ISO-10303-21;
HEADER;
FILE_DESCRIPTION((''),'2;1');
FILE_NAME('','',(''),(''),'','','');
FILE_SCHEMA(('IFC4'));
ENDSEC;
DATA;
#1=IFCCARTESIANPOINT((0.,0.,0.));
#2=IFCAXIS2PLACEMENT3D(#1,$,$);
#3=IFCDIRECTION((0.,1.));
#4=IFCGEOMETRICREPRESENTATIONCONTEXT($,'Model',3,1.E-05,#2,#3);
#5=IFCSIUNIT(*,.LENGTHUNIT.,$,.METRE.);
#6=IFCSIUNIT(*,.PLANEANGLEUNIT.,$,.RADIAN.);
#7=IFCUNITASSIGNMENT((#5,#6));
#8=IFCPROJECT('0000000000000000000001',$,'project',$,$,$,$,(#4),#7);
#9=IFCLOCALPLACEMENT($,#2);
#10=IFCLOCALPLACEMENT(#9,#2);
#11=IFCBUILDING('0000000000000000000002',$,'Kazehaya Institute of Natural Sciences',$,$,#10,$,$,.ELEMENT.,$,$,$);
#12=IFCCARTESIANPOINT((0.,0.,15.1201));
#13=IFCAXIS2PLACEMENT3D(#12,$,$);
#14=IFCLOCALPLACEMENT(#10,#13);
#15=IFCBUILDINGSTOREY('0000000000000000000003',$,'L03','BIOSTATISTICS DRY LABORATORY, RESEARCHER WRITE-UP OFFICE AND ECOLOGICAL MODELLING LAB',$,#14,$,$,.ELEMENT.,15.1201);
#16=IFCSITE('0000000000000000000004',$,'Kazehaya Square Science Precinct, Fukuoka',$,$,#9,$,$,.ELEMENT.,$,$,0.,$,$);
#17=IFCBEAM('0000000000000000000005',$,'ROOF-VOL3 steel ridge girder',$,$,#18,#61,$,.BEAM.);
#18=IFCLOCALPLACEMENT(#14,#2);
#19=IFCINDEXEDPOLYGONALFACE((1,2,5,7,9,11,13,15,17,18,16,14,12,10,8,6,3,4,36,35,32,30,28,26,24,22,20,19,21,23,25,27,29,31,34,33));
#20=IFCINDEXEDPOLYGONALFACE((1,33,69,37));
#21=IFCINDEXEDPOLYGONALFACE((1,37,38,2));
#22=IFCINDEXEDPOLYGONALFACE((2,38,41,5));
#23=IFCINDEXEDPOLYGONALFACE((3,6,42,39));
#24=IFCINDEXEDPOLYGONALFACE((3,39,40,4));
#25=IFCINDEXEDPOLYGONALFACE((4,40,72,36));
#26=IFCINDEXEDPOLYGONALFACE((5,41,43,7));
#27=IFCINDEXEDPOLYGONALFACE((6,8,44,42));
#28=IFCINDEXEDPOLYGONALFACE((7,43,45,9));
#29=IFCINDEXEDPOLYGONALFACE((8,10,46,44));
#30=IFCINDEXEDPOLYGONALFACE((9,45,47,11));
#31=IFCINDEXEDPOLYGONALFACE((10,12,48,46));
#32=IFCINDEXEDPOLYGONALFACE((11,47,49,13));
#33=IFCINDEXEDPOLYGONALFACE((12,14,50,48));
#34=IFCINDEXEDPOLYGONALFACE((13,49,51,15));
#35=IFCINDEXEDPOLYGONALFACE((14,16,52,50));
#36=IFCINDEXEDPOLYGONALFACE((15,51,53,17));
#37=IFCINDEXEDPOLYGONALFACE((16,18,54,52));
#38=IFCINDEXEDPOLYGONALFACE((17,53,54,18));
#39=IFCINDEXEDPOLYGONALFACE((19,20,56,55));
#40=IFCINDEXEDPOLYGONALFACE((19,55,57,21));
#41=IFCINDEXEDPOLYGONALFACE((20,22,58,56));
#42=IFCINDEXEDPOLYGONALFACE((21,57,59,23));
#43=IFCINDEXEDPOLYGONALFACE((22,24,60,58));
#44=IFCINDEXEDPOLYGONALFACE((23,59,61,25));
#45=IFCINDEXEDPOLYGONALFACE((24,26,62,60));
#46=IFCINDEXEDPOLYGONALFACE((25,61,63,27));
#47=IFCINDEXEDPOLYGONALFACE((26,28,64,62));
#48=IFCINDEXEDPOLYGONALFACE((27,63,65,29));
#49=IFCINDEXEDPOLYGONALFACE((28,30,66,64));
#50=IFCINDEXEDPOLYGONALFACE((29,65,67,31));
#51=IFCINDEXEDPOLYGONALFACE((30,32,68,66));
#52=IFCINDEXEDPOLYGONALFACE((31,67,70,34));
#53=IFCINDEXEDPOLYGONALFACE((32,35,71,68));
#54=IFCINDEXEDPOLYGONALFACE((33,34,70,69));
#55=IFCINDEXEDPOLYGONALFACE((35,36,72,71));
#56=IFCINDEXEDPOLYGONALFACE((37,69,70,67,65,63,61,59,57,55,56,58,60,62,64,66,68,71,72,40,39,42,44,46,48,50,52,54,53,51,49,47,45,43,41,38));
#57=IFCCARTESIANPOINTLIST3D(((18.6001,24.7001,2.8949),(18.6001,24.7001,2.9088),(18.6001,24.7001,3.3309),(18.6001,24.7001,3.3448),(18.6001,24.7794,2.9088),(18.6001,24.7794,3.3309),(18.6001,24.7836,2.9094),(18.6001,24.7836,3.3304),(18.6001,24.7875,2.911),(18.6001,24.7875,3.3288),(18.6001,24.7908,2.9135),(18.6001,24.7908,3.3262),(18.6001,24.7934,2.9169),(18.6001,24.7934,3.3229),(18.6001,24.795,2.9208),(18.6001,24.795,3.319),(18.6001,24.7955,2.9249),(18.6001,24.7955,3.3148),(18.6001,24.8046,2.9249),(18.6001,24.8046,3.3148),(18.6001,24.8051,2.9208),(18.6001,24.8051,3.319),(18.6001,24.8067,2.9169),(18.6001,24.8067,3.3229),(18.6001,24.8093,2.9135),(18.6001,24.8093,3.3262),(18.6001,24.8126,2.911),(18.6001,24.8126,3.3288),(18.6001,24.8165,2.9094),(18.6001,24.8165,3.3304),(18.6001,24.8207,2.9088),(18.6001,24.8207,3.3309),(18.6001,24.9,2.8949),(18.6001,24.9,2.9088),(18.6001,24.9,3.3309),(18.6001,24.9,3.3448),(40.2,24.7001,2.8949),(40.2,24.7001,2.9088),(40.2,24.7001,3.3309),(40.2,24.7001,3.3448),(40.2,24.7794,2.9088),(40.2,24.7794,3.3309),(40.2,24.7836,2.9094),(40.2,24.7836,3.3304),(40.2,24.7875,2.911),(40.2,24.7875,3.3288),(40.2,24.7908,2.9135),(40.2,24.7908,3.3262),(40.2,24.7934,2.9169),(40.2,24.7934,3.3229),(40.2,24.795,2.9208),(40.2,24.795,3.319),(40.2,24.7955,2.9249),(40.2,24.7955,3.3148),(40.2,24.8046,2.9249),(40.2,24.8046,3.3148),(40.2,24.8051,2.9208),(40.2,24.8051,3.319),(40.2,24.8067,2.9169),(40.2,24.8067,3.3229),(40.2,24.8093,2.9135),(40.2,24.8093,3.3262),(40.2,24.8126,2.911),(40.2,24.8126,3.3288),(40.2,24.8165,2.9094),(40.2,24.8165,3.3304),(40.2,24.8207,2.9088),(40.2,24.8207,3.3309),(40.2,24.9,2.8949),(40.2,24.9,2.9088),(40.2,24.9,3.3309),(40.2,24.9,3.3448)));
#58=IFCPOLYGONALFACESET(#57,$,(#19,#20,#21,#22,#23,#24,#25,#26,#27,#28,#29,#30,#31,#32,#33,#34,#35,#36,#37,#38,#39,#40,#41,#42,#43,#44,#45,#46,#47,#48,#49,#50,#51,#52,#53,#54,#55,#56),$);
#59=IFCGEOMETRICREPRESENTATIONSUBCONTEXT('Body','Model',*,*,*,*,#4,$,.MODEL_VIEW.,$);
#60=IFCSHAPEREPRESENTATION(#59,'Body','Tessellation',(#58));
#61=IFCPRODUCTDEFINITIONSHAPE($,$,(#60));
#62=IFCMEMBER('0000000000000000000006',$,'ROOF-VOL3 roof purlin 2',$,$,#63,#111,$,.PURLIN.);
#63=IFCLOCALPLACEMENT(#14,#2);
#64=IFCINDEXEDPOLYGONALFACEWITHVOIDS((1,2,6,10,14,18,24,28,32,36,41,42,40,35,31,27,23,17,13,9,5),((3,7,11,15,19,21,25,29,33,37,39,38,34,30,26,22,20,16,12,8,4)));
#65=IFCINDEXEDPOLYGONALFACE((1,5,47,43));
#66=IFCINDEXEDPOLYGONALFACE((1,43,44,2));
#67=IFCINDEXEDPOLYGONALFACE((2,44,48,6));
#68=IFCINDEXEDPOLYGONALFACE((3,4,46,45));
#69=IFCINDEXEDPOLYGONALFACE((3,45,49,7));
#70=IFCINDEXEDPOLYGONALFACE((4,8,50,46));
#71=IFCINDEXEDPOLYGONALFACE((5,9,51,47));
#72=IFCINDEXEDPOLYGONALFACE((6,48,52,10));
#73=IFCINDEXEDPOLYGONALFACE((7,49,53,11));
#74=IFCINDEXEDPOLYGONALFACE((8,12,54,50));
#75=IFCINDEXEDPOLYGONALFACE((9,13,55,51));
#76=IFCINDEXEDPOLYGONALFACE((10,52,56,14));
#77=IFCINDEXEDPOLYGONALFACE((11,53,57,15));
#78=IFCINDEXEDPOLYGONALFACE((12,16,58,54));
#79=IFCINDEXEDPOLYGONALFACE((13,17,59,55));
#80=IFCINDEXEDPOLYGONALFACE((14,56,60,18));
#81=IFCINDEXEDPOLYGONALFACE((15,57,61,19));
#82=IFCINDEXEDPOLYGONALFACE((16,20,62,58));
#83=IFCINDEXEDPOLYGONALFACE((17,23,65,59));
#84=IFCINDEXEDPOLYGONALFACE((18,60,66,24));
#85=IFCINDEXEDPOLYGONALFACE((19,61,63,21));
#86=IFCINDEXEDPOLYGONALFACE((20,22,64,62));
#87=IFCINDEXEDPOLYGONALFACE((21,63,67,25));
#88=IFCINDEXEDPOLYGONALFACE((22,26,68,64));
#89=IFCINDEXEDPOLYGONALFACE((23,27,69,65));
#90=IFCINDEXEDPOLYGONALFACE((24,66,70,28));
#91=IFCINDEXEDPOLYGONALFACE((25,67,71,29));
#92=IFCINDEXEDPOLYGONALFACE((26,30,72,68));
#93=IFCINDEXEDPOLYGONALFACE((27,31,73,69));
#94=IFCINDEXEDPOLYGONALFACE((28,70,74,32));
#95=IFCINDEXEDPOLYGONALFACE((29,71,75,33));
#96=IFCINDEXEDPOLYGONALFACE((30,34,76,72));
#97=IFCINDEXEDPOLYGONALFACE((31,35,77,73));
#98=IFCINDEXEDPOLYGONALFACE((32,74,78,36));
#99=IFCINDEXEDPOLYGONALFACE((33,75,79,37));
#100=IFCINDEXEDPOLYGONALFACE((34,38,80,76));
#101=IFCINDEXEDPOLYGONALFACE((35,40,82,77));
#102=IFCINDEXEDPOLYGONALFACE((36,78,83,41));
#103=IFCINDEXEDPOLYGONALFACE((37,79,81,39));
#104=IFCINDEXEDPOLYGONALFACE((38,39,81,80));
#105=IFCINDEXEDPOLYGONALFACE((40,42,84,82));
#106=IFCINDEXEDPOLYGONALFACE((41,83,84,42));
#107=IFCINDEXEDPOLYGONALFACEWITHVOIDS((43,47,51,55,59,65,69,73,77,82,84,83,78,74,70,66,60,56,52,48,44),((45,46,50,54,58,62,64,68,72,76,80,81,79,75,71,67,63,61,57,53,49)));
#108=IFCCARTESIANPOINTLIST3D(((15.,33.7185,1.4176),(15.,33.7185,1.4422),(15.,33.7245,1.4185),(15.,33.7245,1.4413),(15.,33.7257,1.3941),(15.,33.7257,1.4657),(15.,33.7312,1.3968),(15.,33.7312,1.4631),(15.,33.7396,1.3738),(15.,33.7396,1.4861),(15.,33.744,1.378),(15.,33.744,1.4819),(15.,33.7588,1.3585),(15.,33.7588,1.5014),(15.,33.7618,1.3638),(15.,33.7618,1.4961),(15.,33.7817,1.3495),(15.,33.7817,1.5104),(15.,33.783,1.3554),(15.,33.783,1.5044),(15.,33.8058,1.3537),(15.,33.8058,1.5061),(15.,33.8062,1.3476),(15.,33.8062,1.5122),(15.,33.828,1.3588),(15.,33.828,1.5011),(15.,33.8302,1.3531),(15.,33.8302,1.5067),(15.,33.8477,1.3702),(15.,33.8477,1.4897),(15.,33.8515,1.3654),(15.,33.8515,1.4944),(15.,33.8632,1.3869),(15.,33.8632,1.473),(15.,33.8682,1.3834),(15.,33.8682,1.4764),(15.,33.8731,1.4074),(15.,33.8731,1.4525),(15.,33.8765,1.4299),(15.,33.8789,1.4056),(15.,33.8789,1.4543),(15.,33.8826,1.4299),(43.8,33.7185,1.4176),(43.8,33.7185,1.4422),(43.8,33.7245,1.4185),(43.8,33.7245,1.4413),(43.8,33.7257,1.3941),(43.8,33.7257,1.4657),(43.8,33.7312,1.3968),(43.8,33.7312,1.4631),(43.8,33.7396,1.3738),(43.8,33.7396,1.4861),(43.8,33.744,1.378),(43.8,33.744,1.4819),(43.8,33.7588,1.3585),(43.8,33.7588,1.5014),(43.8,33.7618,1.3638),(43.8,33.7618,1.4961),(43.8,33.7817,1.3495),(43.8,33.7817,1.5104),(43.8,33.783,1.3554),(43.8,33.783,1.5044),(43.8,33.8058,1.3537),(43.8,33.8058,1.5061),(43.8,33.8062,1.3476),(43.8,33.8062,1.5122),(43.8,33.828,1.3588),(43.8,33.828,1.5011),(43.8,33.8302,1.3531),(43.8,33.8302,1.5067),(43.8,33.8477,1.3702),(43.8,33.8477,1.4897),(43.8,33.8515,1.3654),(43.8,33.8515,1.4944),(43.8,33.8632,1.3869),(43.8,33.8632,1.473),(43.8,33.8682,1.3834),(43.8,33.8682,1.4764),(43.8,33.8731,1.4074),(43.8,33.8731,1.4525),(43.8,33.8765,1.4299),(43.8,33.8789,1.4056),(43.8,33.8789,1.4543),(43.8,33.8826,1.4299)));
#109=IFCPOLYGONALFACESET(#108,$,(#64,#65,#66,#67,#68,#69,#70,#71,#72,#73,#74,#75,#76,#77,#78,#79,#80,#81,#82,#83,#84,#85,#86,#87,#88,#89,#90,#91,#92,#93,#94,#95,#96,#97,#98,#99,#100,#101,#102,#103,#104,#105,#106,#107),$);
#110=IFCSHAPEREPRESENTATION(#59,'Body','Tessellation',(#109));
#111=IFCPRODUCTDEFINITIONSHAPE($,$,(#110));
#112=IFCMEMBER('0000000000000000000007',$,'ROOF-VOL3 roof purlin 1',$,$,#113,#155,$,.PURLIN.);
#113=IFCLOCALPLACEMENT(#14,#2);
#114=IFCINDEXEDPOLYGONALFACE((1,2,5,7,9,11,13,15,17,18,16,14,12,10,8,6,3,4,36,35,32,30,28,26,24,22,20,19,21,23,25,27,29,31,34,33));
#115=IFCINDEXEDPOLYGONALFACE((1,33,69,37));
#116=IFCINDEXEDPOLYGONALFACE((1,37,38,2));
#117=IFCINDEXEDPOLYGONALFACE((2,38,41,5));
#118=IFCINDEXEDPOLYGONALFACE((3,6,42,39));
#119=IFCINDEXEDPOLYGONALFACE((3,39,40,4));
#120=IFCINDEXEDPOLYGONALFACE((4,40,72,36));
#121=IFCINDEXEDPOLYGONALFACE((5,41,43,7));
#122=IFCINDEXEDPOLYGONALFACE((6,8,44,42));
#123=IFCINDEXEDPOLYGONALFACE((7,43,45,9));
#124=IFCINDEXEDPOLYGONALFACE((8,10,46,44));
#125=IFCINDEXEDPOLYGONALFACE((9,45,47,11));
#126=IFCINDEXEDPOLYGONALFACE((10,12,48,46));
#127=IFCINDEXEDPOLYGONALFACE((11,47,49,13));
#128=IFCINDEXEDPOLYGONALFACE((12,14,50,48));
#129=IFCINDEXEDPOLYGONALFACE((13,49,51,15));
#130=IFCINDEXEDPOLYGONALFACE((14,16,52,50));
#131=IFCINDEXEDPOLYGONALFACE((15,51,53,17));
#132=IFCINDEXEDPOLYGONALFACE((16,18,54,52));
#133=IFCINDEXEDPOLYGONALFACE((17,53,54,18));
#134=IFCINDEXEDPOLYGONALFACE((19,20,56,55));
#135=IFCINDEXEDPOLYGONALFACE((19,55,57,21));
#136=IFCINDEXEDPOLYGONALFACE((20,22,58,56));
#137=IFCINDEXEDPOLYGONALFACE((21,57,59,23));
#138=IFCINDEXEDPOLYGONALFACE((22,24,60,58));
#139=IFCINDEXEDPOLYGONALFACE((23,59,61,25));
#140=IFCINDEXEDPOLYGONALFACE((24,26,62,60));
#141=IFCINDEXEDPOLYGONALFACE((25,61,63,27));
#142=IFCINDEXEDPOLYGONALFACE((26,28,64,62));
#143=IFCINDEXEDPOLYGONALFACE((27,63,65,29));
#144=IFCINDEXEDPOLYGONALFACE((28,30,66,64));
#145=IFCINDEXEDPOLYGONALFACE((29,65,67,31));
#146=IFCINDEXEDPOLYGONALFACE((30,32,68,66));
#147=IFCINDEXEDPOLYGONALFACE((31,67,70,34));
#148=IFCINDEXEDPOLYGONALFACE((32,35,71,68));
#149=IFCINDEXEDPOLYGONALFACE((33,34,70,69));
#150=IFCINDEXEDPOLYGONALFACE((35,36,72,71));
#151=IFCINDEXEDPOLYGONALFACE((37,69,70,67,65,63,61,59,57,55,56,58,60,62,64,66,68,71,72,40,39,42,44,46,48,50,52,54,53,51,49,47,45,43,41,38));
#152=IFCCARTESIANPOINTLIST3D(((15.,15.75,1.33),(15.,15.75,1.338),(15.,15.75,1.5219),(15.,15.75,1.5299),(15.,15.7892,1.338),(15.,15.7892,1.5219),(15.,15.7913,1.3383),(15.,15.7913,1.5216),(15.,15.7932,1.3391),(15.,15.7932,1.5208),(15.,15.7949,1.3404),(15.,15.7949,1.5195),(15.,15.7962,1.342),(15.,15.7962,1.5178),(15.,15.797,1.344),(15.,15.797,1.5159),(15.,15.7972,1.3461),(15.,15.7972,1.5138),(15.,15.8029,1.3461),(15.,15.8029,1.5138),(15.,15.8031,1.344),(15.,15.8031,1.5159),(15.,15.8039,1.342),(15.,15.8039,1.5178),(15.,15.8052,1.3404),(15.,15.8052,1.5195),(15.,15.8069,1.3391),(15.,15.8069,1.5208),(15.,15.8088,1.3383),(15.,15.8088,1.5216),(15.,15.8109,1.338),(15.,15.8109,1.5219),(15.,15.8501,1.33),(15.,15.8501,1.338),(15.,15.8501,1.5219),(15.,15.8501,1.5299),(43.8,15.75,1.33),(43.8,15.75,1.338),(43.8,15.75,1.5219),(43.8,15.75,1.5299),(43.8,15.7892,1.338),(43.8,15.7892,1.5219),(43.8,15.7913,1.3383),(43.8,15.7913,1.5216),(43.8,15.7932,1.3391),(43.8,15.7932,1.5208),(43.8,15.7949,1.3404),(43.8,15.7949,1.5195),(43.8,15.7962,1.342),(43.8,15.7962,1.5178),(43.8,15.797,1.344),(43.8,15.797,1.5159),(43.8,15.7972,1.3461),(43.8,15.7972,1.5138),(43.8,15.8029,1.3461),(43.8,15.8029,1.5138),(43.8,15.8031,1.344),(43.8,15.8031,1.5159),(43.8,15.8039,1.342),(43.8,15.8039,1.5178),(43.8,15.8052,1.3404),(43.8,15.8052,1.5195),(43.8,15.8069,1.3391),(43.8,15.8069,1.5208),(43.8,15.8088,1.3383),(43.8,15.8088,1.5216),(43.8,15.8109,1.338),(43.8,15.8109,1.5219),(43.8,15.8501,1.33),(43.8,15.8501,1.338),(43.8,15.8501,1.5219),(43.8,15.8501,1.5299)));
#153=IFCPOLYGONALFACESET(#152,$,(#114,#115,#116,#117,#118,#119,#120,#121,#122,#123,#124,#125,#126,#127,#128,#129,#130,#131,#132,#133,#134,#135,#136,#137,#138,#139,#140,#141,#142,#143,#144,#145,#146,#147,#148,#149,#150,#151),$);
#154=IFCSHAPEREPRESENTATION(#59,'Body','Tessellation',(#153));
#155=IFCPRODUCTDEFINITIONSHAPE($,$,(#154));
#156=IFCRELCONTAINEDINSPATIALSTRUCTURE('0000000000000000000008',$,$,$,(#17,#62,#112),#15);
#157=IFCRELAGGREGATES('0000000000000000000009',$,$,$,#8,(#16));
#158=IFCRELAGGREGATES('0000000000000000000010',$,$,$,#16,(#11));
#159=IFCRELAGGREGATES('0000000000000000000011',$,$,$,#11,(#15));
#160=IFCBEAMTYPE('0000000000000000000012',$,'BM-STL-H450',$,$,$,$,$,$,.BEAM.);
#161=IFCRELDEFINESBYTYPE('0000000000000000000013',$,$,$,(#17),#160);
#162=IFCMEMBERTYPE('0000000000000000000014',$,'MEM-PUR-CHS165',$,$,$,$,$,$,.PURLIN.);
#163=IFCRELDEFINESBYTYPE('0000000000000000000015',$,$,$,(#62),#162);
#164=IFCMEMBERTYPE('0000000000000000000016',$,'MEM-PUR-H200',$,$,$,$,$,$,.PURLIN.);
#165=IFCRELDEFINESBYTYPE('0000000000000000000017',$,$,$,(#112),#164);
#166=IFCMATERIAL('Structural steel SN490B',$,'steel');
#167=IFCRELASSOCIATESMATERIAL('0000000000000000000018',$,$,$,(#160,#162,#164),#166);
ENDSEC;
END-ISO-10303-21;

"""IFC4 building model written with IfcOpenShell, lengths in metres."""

from ifc_helpers import new_model, si_unit, direction, frame, origin, origin_2d, place, context, subcontext, project, spatial, hollow_circle, i_section, extrude, material, material_profile, profile_set, type_object, element, save


model = new_model("IFC4")

# Units and contexts
model_context = context("Model", 3, precision=1e-05, world=origin(), true_north=direction((0.0, 1.0)))
body_context = subcontext(model_context, "Body", "Model", "MODEL_VIEW")
ifc_project = project(units=[si_unit("LENGTHUNIT", "METRE"), si_unit("PLANEANGLEUNIT", "RADIAN")], contexts=[model_context])

# Site, building, storey
site_placement = place(None, origin())
site = spatial("IfcSite", under=ifc_project, at=site_placement, Name="Kazehaya Square Science Precinct, Fukuoka", CompositionType="ELEMENT", RefElevation=0.0)
building_placement = place(site_placement, origin())
building = spatial("IfcBuilding", under=site, at=building_placement, Name="Kazehaya Institute of Natural Sciences", CompositionType="ELEMENT")
storey_placement = place(building_placement, frame((0.0, 0.0, 15.1201)))
storey = spatial("IfcBuildingStorey", under=building, at=storey_placement, Name="L03", Description="BIOSTATISTICS DRY LABORATORY, RESEARCHER WRITE-UP OFFICE AND ECOLOGICAL MODELLING LAB", CompositionType="ELEMENT", Elevation=15.1201)

# Beam
ifc_material_1 = material(Name="Structural steel SN490B", Category="steel")
ifc_material_profile_1 = material_profile(ifc_material_1, i_section(OverallWidth=0.2, OverallDepth=0.45, WebThickness=0.009, FlangeThickness=0.0139, FilletRadius=0.0161, at=origin_2d()), Name="H-450x200x9x14")
ifc_profile_set_1 = profile_set([ifc_material_profile_1], Name="Structural steel SN490B")
beam_type = type_object("IfcBeamType", Name="BM-STL-H450", PredefinedType="BEAM", material=ifc_profile_set_1)
beam_placement = place(storey_placement, frame((18.6001, 24.8, 3.1199), z_axis=(1.0, 0.0, 0.0), x_axis=(0.0, 1.0, 0.0)))
element("IfcBeam", 1, at=beam_placement, inside=storey, type_object=beam_type, Name="ROOF-VOL3 steel ridge girder", PredefinedType="BEAM", context=body_context, shape_type="SweptSolid", body=[
    extrude(i_section(OverallWidth=0.2, OverallDepth=0.45, WebThickness=0.009, FlangeThickness=0.0139, FilletRadius=0.0161, at=origin_2d()), origin(), (0.0, 0.0, 1.0), 21.5999),
])

# Members
ifc_material_profile_2 = material_profile(ifc_material_1, hollow_circle(Radius=0.0825, WallThickness=0.0061, at=origin_2d()), Name="CHS-165.2x6.0")
ifc_profile_set_2 = profile_set([ifc_material_profile_2], Name="Structural steel SN490B")
member_type_1 = type_object("IfcMemberType", Name="MEM-PUR-CHS165", PredefinedType="PURLIN", material=ifc_profile_set_2)
member_1_placement = place(storey_placement, frame((15.0, 33.8, 1.4299), z_axis=(1.0, 0.0, 0.0), x_axis=(0.0, 1.0, 0.0)))
element("IfcMember", 2, at=member_1_placement, inside=storey, type_object=member_type_1, Name="ROOF-VOL3 roof purlin 2", PredefinedType="PURLIN", context=body_context, shape_type="SweptSolid", body=[
    extrude(hollow_circle(Radius=0.0825, WallThickness=0.0061, at=origin_2d()), origin(), (0.0, 0.0, 1.0), 28.8),
])
ifc_material_profile_3 = material_profile(ifc_material_1, i_section(OverallWidth=0.1001, OverallDepth=0.2, WebThickness=0.0056, FlangeThickness=0.0081, FilletRadius=0.0081, at=origin_2d()), Name="H-200x100x5.5x8")
ifc_profile_set_3 = profile_set([ifc_material_profile_3], Name="Structural steel SN490B")
member_type_2 = type_object("IfcMemberType", Name="MEM-PUR-H200", PredefinedType="PURLIN", material=ifc_profile_set_3)
member_2_placement = place(storey_placement, frame((15.0, 15.8, 1.4299), z_axis=(1.0, 0.0, 0.0), x_axis=(0.0, 1.0, 0.0)))
element("IfcMember", 3, at=member_2_placement, inside=storey, type_object=member_type_2, Name="ROOF-VOL3 roof purlin 1", PredefinedType="PURLIN", context=body_context, shape_type="SweptSolid", body=[
    extrude(i_section(OverallWidth=0.1001, OverallDepth=0.2, WebThickness=0.0056, FlangeThickness=0.0081, FilletRadius=0.0081, at=origin_2d()), origin(), (0.0, 0.0, 1.0), 28.8),
])

save(model, "model.ifc")
